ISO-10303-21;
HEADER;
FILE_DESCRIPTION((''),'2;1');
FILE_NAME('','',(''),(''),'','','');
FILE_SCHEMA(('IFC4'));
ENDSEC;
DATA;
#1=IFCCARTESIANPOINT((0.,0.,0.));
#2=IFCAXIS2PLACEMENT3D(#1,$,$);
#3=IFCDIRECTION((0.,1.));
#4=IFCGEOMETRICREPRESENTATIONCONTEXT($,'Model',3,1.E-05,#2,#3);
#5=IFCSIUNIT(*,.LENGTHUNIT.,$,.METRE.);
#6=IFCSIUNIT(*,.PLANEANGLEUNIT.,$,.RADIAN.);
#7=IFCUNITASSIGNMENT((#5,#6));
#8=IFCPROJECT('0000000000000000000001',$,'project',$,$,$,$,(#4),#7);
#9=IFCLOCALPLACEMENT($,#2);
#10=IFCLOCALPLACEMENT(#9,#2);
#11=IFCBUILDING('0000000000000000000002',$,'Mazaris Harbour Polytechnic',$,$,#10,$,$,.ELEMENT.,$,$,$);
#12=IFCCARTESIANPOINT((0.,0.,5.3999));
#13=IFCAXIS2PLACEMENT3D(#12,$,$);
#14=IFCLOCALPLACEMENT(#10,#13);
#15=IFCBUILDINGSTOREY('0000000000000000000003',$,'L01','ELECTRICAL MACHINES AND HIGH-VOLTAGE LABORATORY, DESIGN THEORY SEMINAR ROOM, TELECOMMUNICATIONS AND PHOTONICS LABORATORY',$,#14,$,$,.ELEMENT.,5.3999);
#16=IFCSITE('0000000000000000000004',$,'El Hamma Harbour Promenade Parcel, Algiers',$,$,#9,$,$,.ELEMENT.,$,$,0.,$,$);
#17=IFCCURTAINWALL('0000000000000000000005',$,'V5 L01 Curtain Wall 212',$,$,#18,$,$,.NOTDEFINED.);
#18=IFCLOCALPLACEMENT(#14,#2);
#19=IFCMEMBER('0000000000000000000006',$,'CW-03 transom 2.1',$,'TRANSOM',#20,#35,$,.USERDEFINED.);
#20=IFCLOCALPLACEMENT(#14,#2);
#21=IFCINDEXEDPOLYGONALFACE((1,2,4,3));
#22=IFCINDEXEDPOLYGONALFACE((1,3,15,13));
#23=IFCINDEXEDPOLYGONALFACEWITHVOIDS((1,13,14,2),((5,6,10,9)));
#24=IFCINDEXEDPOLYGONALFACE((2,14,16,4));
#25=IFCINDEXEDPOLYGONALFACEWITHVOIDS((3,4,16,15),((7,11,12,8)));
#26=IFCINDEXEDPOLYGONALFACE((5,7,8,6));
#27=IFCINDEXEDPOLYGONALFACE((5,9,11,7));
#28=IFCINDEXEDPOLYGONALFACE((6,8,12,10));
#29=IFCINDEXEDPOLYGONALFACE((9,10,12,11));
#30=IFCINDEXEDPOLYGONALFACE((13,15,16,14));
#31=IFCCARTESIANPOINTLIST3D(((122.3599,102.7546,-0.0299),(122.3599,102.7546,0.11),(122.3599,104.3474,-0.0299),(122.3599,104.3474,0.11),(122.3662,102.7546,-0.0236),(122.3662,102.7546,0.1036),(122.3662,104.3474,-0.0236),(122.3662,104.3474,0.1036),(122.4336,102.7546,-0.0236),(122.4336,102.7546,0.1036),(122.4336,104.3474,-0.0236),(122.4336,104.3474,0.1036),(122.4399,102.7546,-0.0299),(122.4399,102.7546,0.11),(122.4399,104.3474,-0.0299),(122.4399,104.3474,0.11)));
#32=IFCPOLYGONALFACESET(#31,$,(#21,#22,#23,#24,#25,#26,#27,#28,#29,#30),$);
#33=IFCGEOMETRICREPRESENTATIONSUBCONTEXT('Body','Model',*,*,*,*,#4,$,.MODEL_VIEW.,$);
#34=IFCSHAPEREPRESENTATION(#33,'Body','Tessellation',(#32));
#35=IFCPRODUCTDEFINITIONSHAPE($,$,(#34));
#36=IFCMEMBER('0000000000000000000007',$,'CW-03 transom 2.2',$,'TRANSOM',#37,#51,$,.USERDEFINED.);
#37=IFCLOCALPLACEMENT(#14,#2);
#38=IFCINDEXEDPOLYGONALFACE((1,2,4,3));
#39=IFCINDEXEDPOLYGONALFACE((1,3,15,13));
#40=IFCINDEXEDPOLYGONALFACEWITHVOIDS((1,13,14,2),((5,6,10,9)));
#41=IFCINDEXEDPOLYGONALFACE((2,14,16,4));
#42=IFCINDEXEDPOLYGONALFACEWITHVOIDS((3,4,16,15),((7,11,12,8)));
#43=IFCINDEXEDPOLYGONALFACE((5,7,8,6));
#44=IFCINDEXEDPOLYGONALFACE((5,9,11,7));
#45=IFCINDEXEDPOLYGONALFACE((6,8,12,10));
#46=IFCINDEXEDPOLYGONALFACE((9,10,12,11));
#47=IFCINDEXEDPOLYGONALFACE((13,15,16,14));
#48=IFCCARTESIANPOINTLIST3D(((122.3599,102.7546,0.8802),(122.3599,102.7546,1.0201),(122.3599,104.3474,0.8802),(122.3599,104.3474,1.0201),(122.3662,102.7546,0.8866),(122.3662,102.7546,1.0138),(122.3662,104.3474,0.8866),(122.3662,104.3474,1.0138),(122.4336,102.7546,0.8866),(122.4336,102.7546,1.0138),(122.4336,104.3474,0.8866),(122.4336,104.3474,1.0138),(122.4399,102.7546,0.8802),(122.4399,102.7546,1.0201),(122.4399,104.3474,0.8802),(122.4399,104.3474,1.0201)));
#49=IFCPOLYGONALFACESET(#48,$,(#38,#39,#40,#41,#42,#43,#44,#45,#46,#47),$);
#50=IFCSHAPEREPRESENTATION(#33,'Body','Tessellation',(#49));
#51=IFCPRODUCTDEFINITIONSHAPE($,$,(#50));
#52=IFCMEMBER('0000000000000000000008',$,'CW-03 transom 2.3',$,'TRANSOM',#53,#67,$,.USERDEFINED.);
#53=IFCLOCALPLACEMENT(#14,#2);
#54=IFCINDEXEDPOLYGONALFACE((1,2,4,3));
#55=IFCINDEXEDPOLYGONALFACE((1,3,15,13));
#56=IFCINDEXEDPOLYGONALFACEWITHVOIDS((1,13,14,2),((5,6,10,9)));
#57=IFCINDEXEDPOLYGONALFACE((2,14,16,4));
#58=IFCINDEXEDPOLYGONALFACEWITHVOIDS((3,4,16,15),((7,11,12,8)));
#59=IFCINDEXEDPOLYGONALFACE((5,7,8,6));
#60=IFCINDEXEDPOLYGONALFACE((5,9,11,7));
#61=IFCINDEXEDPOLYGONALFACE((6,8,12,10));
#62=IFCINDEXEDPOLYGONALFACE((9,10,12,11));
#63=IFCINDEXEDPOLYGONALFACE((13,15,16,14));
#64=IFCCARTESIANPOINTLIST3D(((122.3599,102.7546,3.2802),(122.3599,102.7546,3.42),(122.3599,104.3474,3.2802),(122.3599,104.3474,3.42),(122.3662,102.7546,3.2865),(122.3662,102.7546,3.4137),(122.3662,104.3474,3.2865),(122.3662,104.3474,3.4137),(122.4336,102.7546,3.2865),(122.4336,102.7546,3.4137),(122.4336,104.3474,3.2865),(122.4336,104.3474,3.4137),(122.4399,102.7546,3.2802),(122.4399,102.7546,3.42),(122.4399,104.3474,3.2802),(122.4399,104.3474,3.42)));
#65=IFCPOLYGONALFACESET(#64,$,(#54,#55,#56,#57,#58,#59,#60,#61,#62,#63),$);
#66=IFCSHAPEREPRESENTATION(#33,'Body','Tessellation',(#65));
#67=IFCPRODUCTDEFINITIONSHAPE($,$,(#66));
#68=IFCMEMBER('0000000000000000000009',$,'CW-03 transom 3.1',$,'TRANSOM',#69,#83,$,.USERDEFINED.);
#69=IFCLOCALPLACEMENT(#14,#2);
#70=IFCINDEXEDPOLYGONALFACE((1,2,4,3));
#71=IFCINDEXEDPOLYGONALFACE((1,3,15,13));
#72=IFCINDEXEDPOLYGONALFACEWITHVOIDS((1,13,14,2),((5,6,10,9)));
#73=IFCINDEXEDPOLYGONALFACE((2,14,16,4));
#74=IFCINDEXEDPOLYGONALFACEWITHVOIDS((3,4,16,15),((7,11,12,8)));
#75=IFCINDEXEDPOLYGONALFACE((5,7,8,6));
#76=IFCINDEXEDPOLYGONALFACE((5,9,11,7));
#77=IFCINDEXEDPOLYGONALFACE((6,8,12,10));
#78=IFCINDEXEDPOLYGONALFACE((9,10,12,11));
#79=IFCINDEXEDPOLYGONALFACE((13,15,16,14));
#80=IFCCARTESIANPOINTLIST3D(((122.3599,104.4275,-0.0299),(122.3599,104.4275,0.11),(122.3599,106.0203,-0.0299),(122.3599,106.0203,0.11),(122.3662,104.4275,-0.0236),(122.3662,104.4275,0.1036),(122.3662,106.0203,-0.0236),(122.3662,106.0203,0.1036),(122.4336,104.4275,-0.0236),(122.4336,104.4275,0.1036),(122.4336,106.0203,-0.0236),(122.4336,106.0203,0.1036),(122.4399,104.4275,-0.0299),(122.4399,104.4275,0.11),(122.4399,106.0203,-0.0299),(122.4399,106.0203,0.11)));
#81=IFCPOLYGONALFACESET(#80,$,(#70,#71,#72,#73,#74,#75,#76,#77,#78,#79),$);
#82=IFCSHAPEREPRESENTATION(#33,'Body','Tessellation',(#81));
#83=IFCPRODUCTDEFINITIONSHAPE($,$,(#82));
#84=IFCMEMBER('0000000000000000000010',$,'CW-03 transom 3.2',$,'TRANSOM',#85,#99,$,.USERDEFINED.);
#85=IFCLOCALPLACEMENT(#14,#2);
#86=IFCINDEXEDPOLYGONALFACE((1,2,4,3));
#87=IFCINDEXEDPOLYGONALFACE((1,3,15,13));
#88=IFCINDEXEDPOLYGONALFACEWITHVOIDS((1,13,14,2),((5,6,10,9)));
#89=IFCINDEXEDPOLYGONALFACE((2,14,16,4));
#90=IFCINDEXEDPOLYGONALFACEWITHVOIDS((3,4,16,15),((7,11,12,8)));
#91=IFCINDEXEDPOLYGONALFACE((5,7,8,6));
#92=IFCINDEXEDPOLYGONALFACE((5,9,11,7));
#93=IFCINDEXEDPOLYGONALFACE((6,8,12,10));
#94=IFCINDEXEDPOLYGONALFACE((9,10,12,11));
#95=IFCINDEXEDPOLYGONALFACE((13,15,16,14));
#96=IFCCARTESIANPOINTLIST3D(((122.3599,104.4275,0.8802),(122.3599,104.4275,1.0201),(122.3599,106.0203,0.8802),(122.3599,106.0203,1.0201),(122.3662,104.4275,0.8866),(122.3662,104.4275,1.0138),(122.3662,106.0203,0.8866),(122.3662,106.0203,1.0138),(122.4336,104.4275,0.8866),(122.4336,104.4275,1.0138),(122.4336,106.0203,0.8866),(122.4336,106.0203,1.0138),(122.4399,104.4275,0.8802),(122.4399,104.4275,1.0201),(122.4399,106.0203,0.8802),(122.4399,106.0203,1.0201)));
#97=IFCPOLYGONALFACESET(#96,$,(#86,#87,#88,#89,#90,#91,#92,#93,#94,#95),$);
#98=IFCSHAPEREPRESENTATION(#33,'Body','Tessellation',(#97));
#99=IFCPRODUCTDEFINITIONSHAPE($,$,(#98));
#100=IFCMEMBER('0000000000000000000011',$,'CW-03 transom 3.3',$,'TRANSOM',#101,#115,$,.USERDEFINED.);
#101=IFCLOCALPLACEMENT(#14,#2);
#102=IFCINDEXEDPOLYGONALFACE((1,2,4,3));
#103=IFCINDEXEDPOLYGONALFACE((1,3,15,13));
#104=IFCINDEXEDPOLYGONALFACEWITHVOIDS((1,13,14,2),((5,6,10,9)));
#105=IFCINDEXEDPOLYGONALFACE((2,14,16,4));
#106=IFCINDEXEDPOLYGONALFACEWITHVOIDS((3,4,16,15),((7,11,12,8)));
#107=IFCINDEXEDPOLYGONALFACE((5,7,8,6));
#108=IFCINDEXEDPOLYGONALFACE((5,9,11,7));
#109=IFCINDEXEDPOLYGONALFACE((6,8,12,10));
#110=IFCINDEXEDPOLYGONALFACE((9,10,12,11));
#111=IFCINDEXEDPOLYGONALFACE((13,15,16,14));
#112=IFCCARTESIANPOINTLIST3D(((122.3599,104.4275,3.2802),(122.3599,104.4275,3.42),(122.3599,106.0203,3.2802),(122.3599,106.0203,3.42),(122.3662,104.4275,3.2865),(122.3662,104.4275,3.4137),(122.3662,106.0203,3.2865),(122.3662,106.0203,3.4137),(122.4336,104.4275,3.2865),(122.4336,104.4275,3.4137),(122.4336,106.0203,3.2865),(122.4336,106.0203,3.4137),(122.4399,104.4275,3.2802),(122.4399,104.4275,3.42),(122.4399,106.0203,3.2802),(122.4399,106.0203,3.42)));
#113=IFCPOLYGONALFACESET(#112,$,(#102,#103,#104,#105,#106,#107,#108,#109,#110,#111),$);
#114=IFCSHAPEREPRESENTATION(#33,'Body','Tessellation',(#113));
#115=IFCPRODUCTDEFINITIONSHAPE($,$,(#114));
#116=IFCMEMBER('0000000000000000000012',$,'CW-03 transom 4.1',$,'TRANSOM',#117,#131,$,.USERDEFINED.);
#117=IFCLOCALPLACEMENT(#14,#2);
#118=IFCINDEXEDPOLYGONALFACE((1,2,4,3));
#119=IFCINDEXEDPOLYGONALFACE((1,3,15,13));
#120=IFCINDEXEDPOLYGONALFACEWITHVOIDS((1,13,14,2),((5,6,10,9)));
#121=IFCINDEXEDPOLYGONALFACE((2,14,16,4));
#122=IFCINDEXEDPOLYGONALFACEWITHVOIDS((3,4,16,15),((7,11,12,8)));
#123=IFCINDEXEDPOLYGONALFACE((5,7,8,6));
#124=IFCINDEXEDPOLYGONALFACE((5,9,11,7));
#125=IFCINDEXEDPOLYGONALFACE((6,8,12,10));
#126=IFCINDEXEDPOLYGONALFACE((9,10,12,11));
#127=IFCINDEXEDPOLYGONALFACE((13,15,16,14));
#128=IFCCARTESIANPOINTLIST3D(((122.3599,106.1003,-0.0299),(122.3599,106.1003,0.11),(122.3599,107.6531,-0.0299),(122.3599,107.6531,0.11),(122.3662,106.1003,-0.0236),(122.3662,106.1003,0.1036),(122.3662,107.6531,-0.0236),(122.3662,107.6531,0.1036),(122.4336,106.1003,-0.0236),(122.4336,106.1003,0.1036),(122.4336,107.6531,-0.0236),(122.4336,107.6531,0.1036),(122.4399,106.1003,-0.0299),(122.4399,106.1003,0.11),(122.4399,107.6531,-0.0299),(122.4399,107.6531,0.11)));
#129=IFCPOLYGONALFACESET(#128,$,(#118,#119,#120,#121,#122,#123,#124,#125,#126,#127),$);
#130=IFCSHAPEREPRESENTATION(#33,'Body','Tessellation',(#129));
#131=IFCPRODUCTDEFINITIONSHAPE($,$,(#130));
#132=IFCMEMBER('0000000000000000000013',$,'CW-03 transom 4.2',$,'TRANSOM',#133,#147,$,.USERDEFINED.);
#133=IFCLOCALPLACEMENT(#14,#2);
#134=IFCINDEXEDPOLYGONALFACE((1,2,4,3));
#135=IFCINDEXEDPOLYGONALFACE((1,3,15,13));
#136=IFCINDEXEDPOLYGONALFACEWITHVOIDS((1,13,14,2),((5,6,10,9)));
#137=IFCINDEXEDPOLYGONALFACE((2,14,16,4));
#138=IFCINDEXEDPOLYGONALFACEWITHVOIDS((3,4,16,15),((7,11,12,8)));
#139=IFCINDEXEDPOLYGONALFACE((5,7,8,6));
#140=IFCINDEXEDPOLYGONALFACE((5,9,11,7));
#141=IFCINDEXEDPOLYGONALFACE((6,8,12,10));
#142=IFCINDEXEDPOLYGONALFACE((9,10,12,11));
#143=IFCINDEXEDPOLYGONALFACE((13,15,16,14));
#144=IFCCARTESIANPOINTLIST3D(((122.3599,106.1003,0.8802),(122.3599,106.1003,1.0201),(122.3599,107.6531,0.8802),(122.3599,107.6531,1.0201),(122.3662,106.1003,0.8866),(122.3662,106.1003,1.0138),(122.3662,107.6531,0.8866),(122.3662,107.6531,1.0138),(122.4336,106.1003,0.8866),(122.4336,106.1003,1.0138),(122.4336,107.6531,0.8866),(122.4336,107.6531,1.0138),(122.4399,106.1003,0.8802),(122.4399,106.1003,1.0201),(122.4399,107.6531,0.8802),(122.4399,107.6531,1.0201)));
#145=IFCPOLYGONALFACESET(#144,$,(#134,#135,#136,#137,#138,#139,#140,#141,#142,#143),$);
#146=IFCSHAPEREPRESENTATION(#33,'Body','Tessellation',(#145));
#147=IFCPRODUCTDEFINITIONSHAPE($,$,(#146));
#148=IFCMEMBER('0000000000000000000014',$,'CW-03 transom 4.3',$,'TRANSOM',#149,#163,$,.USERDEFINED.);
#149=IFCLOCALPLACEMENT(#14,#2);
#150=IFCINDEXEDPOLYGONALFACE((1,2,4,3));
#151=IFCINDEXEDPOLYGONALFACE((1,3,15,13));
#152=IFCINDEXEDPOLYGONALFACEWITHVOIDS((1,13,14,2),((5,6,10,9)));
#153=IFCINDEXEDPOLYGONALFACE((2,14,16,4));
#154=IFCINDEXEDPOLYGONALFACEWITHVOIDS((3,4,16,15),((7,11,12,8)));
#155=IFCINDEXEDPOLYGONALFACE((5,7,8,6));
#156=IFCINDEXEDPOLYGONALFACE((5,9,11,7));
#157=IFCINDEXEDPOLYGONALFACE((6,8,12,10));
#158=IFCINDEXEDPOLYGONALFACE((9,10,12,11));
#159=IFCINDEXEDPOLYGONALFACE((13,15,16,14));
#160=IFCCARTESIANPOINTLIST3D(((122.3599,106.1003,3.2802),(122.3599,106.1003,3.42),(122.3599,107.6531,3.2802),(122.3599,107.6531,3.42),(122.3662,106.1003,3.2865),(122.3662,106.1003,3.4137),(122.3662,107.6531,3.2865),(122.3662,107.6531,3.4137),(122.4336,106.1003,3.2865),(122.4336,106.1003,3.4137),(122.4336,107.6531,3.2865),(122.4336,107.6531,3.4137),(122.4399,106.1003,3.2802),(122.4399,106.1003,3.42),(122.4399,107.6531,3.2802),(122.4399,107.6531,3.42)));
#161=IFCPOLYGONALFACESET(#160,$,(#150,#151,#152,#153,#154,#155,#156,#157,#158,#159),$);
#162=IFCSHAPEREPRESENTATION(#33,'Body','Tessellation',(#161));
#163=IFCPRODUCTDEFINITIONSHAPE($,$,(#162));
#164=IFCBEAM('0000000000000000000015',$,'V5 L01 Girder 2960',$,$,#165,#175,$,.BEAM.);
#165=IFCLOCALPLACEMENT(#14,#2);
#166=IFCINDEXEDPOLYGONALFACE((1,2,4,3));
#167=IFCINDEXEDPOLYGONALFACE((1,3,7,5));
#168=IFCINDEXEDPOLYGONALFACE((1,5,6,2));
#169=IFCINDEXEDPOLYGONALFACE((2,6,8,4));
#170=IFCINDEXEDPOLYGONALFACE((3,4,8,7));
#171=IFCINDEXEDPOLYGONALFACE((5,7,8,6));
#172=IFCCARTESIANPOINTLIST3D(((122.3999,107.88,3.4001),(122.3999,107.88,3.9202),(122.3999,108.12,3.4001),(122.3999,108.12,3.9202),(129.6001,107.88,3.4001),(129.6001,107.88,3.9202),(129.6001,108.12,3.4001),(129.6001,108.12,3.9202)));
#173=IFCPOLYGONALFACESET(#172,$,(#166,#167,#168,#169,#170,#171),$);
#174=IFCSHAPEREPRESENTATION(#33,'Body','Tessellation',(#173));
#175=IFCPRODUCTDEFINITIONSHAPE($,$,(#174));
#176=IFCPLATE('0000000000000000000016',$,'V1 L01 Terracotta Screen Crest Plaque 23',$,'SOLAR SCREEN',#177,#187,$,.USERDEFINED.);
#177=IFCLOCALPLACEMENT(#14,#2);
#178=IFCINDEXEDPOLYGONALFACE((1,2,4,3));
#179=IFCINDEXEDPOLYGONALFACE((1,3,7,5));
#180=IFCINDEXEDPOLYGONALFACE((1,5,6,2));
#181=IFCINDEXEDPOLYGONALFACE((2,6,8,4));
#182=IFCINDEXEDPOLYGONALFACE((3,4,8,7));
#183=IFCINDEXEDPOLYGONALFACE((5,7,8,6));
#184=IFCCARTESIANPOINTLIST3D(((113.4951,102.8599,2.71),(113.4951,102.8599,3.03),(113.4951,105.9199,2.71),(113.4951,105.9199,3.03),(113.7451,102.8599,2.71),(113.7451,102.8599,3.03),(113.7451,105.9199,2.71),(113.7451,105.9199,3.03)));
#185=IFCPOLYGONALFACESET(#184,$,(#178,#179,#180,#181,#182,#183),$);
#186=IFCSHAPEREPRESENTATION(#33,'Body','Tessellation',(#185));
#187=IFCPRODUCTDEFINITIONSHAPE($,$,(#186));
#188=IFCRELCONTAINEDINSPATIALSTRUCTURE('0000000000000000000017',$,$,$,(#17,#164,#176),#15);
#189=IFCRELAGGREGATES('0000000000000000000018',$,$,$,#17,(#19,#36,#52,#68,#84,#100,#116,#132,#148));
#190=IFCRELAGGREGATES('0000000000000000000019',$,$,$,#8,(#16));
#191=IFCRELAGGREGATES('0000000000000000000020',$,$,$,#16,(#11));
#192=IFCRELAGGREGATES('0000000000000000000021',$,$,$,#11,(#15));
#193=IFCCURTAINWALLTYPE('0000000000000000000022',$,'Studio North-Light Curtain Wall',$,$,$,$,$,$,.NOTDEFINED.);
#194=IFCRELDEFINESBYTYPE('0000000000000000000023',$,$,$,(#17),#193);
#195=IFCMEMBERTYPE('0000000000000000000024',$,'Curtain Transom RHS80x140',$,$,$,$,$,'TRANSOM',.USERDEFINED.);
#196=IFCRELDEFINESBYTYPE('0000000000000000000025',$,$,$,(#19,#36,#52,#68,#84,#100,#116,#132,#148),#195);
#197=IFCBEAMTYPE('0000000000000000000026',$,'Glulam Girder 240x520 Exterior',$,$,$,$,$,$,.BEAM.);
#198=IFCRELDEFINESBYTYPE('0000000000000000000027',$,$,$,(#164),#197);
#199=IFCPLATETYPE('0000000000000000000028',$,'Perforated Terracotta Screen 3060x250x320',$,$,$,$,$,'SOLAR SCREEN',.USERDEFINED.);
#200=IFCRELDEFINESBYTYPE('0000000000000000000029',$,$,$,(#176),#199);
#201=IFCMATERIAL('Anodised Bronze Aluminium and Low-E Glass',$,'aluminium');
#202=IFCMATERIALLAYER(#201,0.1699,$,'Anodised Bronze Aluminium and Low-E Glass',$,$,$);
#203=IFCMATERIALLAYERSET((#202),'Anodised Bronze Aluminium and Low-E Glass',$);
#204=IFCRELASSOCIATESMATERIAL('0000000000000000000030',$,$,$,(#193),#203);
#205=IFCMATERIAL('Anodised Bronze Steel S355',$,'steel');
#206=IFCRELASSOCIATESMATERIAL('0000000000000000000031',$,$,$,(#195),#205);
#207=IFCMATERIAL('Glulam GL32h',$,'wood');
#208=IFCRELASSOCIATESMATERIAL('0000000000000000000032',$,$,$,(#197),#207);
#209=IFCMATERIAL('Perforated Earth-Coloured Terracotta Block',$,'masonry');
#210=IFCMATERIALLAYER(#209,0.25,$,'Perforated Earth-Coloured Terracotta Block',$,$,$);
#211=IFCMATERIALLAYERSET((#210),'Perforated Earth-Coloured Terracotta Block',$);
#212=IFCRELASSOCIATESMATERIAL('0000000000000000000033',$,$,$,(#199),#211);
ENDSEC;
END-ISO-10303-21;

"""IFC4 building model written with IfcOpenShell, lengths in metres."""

from ifc_helpers import new_model, si_unit, direction, frame, origin, origin_2d, place, context, subcontext, project, spatial, rectangle, hollow_rectangle, extrude, material, layer, layer_set, material_profile, profile_set, type_object, element, aggregate, save


model = new_model("IFC4")

# Units and contexts
model_context = context("Model", 3, precision=1e-05, world=origin(), true_north=direction((0.0, 1.0)))
body_context = subcontext(model_context, "Body", "Model", "MODEL_VIEW")
ifc_project = project(units=[si_unit("LENGTHUNIT", "METRE"), si_unit("PLANEANGLEUNIT", "RADIAN")], contexts=[model_context])

# Site, building, storey
site_placement = place(None, origin())
site = spatial("IfcSite", under=ifc_project, at=site_placement, Name="El Hamma Harbour Promenade Parcel, Algiers", CompositionType="ELEMENT", RefElevation=0.0)
building_placement = place(site_placement, origin())
building = spatial("IfcBuilding", under=site, at=building_placement, Name="Mazaris Harbour Polytechnic", CompositionType="ELEMENT")
storey_placement = place(building_placement, frame((0.0, 0.0, 5.3999)))
storey = spatial("IfcBuildingStorey", under=building, at=storey_placement, Name="L01", Description="ELECTRICAL MACHINES AND HIGH-VOLTAGE LABORATORY, DESIGN THEORY SEMINAR ROOM, TELECOMMUNICATIONS AND PHOTONICS LABORATORY", CompositionType="ELEMENT", Elevation=5.3999)

# Shared definitions
ifc_material_1 = material(Name="Anodised Bronze Aluminium and Low-E Glass", Category="aluminium")
ifc_layer_1 = layer(ifc_material_1, 0.1699, Name="Anodised Bronze Aluminium and Low-E Glass")
ifc_layer_set_1 = layer_set([ifc_layer_1], Name="Anodised Bronze Aluminium and Low-E Glass")
curtain_wall_type = type_object("IfcCurtainWallType", Name="Studio North-Light Curtain Wall", PredefinedType="NOTDEFINED", material=ifc_layer_set_1)

# Curtain wall
curtain_wall_1_placement = place(storey_placement, origin())
curtain_wall_1 = element("IfcCurtainWall", 1, at=curtain_wall_1_placement, inside=storey, type_object=curtain_wall_type, Name="V5 L01 Curtain Wall 212", PredefinedType="NOTDEFINED")

# Members
ifc_material_2 = material(Name="Anodised Bronze Steel S355", Category="steel")
ifc_material_profile_1 = material_profile(ifc_material_2, hollow_rectangle(XDim=0.0801, YDim=0.1399, WallThickness=0.0063, at=origin_2d()), Name="RHS 80x140x6.3")
ifc_profile_set_1 = profile_set([ifc_material_profile_1], Name="Anodised Bronze Steel S355")
member_type_1 = type_object("IfcMemberType", Name="Curtain Transom RHS80x140", ElementType="TRANSOM", PredefinedType="USERDEFINED", material=ifc_profile_set_1)
member_1_placement = place(storey_placement, frame((122.3999, 102.7546, 0.04), z_axis=(0.0, 1.0, 0.0), x_axis=(-1.0, 0.0, 0.0)))
member_1 = element("IfcMember", 2, at=member_1_placement, type_object=member_type_1, Name="CW-03 transom 2.1", ObjectType="TRANSOM", PredefinedType="USERDEFINED", context=body_context, shape_type="SweptSolid", body=[
    extrude(hollow_rectangle(XDim=0.0801, YDim=0.1399, WallThickness=0.0063, at=origin_2d()), origin(), (0.0, 0.0, 1.0), 1.5928),
])
member_2_placement = place(storey_placement, frame((122.3999, 102.7546, 0.9502), z_axis=(0.0, 1.0, 0.0), x_axis=(-1.0, 0.0, 0.0)))
member_2 = element("IfcMember", 3, at=member_2_placement, type_object=member_type_1, Name="CW-03 transom 2.2", ObjectType="TRANSOM", PredefinedType="USERDEFINED", context=body_context, shape_type="SweptSolid", body=[
    extrude(hollow_rectangle(XDim=0.0801, YDim=0.1399, WallThickness=0.0063, at=origin_2d()), origin(), (0.0, 0.0, 1.0), 1.5928),
])
member_3_placement = place(storey_placement, frame((122.3999, 102.7546, 3.3501), z_axis=(0.0, 1.0, 0.0), x_axis=(-1.0, 0.0, 0.0)))
member_3 = element("IfcMember", 4, at=member_3_placement, type_object=member_type_1, Name="CW-03 transom 2.3", ObjectType="TRANSOM", PredefinedType="USERDEFINED", context=body_context, shape_type="SweptSolid", body=[
    extrude(hollow_rectangle(XDim=0.0801, YDim=0.1399, WallThickness=0.0063, at=origin_2d()), origin(), (0.0, 0.0, 1.0), 1.5928),
])
member_4_placement = place(storey_placement, frame((122.3999, 104.4275, 0.04), z_axis=(0.0, 1.0, 0.0), x_axis=(-1.0, 0.0, 0.0)))
member_4 = element("IfcMember", 5, at=member_4_placement, type_object=member_type_1, Name="CW-03 transom 3.1", ObjectType="TRANSOM", PredefinedType="USERDEFINED", context=body_context, shape_type="SweptSolid", body=[
    extrude(hollow_rectangle(XDim=0.0801, YDim=0.1399, WallThickness=0.0063, at=origin_2d()), origin(), (0.0, 0.0, 1.0), 1.5928),
])
member_5_placement = place(storey_placement, frame((122.3999, 104.4275, 0.9502), z_axis=(0.0, 1.0, 0.0), x_axis=(-1.0, 0.0, 0.0)))
member_5 = element("IfcMember", 6, at=member_5_placement, type_object=member_type_1, Name="CW-03 transom 3.2", ObjectType="TRANSOM", PredefinedType="USERDEFINED", context=body_context, shape_type="SweptSolid", body=[
    extrude(hollow_rectangle(XDim=0.0801, YDim=0.1399, WallThickness=0.0063, at=origin_2d()), origin(), (0.0, 0.0, 1.0), 1.5928),
])
member_6_placement = place(storey_placement, frame((122.3999, 104.4275, 3.3501), z_axis=(0.0, 1.0, 0.0), x_axis=(-1.0, 0.0, 0.0)))
member_6 = element("IfcMember", 7, at=member_6_placement, type_object=member_type_1, Name="CW-03 transom 3.3", ObjectType="TRANSOM", PredefinedType="USERDEFINED", context=body_context, shape_type="SweptSolid", body=[
    extrude(hollow_rectangle(XDim=0.0801, YDim=0.1399, WallThickness=0.0063, at=origin_2d()), origin(), (0.0, 0.0, 1.0), 1.5928),
])
member_7_placement = place(storey_placement, frame((122.3999, 106.1003, 0.04), z_axis=(0.0, 1.0, 0.0), x_axis=(-1.0, 0.0, 0.0)))
member_7 = element("IfcMember", 8, at=member_7_placement, type_object=member_type_1, Name="CW-03 transom 4.1", ObjectType="TRANSOM", PredefinedType="USERDEFINED", context=body_context, shape_type="SweptSolid", body=[
    extrude(hollow_rectangle(XDim=0.0801, YDim=0.1399, WallThickness=0.0063, at=origin_2d()), origin(), (0.0, 0.0, 1.0), 1.5527),
])
member_8_placement = place(storey_placement, frame((122.3999, 106.1003, 0.9502), z_axis=(0.0, 1.0, 0.0), x_axis=(-1.0, 0.0, 0.0)))
member_8 = element("IfcMember", 9, at=member_8_placement, type_object=member_type_1, Name="CW-03 transom 4.2", ObjectType="TRANSOM", PredefinedType="USERDEFINED", context=body_context, shape_type="SweptSolid", body=[
    extrude(hollow_rectangle(XDim=0.0801, YDim=0.1399, WallThickness=0.0063, at=origin_2d()), origin(), (0.0, 0.0, 1.0), 1.5527),
])
member_9_placement = place(storey_placement, frame((122.3999, 106.1003, 3.3501), z_axis=(0.0, 1.0, 0.0), x_axis=(-1.0, 0.0, 0.0)))
member_9 = element("IfcMember", 10, at=member_9_placement, type_object=member_type_1, Name="CW-03 transom 4.3", ObjectType="TRANSOM", PredefinedType="USERDEFINED", context=body_context, shape_type="SweptSolid", body=[
    extrude(hollow_rectangle(XDim=0.0801, YDim=0.1399, WallThickness=0.0063, at=origin_2d()), origin(), (0.0, 0.0, 1.0), 1.5527),
])

# Beam
ifc_material_3 = material(Name="Glulam GL32h", Category="wood")
ifc_material_profile_2 = material_profile(ifc_material_3, rectangle(XDim=0.24, YDim=0.52, at=origin_2d()), Name="RECT240x520")
ifc_profile_set_2 = profile_set([ifc_material_profile_2], Name="Glulam GL32h")
beam_type = type_object("IfcBeamType", Name="Glulam Girder 240x520 Exterior", PredefinedType="BEAM", material=ifc_profile_set_2)
beam_placement = place(storey_placement, frame((122.3999, 108.0, 3.6602), z_axis=(1.0, 0.0, 0.0), x_axis=(0.0, 1.0, 0.0)))
element("IfcBeam", 11, at=beam_placement, inside=storey, type_object=beam_type, Name="V5 L01 Girder 2960", PredefinedType="BEAM", context=body_context, shape_type="SweptSolid", body=[
    extrude(rectangle(XDim=0.24, YDim=0.52, at=origin_2d()), origin(), (0.0, 0.0, 1.0), 7.2002),
])

# Plate
ifc_material_4 = material(Name="Perforated Earth-Coloured Terracotta Block", Category="masonry")
ifc_layer_2 = layer(ifc_material_4, 0.25, Name="Perforated Earth-Coloured Terracotta Block")
ifc_layer_set_2 = layer_set([ifc_layer_2], Name="Perforated Earth-Coloured Terracotta Block")
plate_type_1 = type_object("IfcPlateType", Name="Perforated Terracotta Screen 3060x250x320", ElementType="SOLAR SCREEN", PredefinedType="USERDEFINED", material=ifc_layer_set_2)
plate_1_placement = place(storey_placement, frame((113.6201, 104.3899, 2.71), z_axis=(0.0, 0.0, 1.0), x_axis=(0.0, -1.0, 0.0)))
element("IfcPlate", 12, at=plate_1_placement, inside=storey, type_object=plate_type_1, Name="V1 L01 Terracotta Screen Crest Plaque 23", ObjectType="SOLAR SCREEN", PredefinedType="USERDEFINED", context=body_context, shape_type="SweptSolid", body=[
    extrude(rectangle(XDim=3.0601, YDim=0.25, at=origin_2d()), origin(), (0.0, 0.0, 1.0), 0.3201),
])
aggregate(curtain_wall_1, [member_1, member_2, member_3, member_4, member_5, member_6, member_7, member_8, member_9])

save(model, "model.ifc")
